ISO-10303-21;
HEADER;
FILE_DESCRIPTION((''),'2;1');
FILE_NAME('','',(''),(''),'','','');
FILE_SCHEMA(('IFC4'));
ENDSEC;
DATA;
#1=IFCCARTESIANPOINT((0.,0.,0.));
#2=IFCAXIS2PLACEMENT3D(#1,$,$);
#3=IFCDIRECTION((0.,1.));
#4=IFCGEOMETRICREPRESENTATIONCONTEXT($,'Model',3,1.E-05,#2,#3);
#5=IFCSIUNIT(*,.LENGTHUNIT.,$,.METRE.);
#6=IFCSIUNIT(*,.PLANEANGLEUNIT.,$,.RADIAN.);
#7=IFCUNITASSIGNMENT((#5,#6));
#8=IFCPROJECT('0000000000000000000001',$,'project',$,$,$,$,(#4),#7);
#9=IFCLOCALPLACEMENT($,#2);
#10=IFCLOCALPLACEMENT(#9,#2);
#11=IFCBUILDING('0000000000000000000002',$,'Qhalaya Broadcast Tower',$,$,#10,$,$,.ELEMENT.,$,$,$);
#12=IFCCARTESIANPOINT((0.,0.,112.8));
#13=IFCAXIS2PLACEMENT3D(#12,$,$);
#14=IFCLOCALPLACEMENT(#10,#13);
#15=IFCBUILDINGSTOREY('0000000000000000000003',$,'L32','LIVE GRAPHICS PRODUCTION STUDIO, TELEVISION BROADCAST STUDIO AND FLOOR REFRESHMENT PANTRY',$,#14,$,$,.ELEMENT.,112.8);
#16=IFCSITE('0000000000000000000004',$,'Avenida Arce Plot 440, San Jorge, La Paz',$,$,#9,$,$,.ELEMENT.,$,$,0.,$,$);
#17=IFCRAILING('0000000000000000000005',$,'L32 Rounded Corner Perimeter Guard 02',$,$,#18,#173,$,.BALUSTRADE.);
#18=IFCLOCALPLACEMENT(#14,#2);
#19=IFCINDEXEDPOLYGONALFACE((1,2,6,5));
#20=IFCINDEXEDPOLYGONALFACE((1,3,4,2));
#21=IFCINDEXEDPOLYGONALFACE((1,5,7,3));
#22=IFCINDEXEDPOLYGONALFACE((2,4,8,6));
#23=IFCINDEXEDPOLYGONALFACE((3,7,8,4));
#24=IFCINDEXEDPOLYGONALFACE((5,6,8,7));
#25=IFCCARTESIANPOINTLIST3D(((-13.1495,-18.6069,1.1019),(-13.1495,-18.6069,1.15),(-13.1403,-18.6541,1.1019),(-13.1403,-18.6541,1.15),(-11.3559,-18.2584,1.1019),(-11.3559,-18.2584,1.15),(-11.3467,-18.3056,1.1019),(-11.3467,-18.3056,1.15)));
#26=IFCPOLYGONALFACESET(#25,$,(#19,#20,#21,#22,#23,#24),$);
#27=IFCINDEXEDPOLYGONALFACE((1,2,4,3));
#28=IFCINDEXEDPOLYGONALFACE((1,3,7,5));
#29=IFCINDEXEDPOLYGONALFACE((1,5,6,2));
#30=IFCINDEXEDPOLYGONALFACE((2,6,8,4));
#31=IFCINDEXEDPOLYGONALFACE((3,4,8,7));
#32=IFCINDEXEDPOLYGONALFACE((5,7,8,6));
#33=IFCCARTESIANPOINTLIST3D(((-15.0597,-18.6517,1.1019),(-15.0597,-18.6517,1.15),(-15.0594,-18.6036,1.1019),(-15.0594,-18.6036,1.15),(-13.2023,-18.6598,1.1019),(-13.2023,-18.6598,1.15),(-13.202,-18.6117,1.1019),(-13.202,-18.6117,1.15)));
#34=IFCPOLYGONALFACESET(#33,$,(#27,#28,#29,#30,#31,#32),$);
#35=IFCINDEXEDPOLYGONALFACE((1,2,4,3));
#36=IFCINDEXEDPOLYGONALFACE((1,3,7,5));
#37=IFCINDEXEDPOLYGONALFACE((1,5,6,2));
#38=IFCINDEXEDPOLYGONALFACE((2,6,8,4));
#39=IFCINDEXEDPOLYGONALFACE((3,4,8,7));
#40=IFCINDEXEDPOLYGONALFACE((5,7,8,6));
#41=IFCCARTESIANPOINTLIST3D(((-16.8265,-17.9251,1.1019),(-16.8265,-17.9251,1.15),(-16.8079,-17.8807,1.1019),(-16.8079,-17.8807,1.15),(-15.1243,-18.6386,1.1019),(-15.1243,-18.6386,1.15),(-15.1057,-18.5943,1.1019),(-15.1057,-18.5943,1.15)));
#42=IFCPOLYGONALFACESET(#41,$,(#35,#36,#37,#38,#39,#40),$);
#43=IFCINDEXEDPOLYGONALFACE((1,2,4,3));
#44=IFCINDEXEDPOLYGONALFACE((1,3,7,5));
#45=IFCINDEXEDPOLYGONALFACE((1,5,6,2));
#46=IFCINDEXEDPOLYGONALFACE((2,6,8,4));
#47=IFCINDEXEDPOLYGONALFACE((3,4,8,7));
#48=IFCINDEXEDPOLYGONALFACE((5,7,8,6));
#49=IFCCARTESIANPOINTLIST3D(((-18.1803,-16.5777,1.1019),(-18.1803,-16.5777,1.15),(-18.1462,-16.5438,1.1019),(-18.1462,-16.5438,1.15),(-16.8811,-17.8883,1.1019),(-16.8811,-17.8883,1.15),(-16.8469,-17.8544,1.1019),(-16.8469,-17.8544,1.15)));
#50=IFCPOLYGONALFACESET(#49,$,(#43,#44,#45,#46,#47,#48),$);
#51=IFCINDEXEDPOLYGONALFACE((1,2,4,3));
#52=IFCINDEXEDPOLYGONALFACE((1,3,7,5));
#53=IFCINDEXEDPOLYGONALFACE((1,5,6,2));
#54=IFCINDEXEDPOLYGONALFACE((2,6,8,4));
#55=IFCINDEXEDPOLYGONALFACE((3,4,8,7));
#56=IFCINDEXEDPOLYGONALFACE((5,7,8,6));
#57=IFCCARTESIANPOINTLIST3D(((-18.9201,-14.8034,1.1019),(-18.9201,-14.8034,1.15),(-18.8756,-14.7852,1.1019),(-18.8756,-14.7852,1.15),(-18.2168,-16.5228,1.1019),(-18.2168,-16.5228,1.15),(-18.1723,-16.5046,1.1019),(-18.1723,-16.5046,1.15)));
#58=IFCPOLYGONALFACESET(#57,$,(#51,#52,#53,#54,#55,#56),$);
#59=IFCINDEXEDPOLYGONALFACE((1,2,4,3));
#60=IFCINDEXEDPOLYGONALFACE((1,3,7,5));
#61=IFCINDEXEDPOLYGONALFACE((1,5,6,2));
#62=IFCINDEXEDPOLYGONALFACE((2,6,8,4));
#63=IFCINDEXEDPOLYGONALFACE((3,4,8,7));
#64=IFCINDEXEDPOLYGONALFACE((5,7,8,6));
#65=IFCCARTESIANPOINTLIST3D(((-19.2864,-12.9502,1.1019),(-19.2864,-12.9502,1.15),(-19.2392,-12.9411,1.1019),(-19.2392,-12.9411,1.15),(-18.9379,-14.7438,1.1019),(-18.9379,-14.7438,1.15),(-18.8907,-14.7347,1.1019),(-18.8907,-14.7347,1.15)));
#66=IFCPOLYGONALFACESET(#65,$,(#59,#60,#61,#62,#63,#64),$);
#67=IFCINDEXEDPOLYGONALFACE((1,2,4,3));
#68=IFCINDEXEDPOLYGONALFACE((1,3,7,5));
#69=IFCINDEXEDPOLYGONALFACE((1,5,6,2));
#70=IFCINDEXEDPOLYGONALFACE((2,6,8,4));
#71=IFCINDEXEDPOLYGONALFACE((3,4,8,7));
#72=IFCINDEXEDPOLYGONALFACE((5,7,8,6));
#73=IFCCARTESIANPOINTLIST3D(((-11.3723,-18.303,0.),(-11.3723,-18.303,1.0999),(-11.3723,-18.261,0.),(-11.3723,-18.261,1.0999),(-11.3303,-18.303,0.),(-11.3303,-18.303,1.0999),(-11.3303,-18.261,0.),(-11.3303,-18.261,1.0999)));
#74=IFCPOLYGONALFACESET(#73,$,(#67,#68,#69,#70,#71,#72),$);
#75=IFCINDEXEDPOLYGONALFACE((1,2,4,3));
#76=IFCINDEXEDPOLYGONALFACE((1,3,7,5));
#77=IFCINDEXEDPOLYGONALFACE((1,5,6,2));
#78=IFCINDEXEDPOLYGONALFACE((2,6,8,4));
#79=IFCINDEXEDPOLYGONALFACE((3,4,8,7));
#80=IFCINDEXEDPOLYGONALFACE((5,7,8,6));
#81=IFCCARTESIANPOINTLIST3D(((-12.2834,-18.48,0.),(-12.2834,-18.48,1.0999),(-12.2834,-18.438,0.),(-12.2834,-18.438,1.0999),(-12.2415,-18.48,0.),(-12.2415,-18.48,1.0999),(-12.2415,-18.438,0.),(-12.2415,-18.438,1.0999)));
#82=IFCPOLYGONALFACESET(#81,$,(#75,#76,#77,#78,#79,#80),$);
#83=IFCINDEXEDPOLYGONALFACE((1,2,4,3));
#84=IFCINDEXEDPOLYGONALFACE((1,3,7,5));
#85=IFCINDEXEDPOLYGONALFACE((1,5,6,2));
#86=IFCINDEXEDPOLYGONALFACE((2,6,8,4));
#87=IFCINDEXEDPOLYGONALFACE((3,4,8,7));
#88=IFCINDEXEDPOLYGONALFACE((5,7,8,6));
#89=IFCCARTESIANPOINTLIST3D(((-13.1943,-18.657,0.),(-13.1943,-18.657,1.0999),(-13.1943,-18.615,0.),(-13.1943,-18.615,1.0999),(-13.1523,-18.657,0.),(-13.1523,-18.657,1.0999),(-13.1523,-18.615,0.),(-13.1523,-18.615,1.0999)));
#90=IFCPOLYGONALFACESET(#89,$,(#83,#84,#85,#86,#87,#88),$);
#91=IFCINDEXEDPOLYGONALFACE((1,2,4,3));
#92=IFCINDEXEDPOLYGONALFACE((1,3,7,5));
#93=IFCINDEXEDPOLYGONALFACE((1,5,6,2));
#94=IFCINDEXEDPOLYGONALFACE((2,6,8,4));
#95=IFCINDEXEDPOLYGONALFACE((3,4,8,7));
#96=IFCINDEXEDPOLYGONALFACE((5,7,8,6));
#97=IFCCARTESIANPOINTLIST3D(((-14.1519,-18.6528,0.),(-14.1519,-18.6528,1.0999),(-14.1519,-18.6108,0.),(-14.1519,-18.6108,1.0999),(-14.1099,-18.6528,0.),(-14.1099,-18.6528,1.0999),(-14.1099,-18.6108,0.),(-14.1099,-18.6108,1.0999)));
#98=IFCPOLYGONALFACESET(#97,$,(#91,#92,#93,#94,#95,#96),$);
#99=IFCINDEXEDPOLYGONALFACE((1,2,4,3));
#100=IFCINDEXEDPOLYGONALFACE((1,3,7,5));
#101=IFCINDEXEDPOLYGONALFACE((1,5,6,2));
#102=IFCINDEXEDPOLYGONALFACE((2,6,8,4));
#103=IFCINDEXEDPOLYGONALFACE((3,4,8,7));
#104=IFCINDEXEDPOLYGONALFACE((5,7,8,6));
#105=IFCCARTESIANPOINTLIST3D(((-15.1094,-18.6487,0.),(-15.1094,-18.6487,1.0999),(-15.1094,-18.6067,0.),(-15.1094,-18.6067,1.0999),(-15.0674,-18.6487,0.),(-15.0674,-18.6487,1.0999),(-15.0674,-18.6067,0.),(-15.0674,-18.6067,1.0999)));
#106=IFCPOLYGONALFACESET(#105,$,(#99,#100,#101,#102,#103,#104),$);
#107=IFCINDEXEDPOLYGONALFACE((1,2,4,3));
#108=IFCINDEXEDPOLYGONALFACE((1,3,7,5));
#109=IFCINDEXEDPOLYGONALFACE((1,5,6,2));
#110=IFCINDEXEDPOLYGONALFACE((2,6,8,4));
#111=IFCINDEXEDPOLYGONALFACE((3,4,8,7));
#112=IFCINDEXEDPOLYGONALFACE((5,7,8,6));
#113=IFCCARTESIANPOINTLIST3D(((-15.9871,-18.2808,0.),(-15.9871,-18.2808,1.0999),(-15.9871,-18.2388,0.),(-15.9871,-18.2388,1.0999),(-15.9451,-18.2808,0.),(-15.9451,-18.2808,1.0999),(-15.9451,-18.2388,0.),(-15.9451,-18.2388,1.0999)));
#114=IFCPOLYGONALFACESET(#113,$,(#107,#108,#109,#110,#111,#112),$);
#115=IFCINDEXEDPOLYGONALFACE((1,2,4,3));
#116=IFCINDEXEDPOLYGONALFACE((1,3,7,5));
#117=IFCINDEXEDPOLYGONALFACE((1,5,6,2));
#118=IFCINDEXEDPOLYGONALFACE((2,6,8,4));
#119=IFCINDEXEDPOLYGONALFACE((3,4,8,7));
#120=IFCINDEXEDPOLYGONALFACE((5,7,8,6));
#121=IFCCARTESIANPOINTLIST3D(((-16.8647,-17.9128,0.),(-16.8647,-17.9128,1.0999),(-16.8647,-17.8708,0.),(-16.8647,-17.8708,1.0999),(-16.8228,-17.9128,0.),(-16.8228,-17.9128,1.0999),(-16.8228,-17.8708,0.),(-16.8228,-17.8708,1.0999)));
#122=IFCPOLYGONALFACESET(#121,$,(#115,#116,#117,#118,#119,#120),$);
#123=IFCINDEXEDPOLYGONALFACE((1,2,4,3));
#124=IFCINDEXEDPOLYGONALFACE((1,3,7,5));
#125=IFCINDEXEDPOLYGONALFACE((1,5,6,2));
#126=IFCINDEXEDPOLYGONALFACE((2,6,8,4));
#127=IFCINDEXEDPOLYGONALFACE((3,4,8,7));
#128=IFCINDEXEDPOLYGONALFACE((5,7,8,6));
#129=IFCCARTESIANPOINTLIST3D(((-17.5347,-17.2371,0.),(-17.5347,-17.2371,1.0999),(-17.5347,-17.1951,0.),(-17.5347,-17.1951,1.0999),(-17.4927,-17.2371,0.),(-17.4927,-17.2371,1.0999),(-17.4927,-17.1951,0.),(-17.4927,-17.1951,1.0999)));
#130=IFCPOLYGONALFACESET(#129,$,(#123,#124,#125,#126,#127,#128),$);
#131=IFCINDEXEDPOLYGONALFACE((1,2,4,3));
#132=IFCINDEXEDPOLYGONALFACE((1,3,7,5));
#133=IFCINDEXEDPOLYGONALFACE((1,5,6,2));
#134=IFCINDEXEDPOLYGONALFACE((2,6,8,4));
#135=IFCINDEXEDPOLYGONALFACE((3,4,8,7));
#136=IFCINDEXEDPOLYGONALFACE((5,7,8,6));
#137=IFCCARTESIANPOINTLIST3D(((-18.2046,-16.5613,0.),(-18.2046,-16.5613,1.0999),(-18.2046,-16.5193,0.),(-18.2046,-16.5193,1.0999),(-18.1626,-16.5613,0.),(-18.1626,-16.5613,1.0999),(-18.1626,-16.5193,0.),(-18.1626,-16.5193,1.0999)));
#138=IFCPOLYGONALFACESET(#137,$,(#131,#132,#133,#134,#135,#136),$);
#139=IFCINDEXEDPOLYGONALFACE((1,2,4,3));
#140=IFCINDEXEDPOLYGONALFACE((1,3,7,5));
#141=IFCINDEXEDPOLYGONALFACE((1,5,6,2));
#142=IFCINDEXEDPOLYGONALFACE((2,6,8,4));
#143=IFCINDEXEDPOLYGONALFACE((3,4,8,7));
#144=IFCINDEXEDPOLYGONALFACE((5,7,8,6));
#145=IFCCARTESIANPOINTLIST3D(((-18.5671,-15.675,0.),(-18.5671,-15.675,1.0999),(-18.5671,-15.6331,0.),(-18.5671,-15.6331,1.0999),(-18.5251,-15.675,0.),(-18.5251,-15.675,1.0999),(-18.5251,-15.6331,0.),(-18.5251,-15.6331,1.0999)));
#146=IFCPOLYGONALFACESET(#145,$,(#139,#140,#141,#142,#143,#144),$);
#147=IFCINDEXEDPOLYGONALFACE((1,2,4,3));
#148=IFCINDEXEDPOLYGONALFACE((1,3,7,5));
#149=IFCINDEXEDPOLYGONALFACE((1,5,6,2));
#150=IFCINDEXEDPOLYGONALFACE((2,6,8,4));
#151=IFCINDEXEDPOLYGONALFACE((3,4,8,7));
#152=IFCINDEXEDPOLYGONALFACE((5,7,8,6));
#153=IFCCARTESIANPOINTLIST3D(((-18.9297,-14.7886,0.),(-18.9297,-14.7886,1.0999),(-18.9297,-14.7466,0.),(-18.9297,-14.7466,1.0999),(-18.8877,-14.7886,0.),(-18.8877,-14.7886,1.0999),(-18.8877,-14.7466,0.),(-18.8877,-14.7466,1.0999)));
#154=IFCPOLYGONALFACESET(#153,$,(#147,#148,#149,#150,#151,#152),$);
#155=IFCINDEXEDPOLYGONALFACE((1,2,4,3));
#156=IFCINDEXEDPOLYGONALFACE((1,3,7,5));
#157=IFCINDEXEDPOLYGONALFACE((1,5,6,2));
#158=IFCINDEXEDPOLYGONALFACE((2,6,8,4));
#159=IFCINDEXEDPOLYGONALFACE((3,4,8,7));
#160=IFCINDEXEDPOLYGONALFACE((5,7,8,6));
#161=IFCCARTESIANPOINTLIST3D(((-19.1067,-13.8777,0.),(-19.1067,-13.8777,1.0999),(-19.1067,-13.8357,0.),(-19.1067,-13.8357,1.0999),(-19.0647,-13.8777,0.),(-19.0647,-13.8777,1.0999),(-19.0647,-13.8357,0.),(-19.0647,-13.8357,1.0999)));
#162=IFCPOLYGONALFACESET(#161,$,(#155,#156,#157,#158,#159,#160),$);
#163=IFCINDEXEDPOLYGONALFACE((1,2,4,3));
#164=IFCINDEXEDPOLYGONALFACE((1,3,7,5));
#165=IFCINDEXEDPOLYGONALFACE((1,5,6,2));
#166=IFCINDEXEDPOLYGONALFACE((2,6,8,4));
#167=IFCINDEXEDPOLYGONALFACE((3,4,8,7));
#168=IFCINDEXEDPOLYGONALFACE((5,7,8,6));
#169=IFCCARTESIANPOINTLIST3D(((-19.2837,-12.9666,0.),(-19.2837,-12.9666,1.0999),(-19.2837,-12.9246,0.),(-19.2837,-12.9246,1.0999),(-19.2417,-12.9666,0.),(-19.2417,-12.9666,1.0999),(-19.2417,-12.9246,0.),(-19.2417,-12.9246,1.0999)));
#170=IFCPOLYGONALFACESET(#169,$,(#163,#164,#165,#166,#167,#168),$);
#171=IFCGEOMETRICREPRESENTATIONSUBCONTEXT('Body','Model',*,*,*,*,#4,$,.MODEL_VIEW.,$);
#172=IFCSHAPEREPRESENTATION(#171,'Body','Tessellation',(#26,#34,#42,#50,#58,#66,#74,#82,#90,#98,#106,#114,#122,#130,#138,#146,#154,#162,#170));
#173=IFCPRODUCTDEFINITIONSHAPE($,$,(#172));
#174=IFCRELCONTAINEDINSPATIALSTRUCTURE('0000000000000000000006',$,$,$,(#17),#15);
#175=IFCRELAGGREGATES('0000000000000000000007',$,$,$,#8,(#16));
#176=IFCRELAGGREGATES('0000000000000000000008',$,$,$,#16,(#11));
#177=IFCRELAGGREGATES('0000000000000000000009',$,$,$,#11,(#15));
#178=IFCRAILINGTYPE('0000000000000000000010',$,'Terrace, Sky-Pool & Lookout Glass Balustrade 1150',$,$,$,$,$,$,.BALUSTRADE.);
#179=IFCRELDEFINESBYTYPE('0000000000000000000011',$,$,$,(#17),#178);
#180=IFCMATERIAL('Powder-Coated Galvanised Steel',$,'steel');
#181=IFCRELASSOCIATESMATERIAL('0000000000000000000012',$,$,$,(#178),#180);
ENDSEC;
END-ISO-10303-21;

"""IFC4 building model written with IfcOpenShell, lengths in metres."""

from ifc_helpers import new_model, si_unit, direction, frame, origin, origin_2d, place, context, subcontext, project, spatial, rectangle, extrude, material, type_object, element, save


model = new_model("IFC4")

# Units and contexts
model_context = context("Model", 3, precision=1e-05, world=origin(), true_north=direction((0.0, 1.0)))
body_context = subcontext(model_context, "Body", "Model", "MODEL_VIEW")
ifc_project = project(units=[si_unit("LENGTHUNIT", "METRE"), si_unit("PLANEANGLEUNIT", "RADIAN")], contexts=[model_context])

# Site, building, storey
site_placement = place(None, origin())
site = spatial("IfcSite", under=ifc_project, at=site_placement, Name="Avenida Arce Plot 440, San Jorge, La Paz", CompositionType="ELEMENT", RefElevation=0.0)
building_placement = place(site_placement, origin())
building = spatial("IfcBuilding", under=site, at=building_placement, Name="Qhalaya Broadcast Tower", CompositionType="ELEMENT")
storey_placement = place(building_placement, frame((0.0, 0.0, 112.8)))
storey = spatial("IfcBuildingStorey", under=building, at=storey_placement, Name="L32", Description="LIVE GRAPHICS PRODUCTION STUDIO, TELEVISION BROADCAST STUDIO AND FLOOR REFRESHMENT PANTRY", CompositionType="ELEMENT", Elevation=112.8)

# Railing
ifc_material_1 = material(Name="Powder-Coated Galvanised Steel", Category="steel")
railing_type = type_object("IfcRailingType", Name="Terrace, Sky-Pool & Lookout Glass Balustrade 1150", PredefinedType="BALUSTRADE", material=ifc_material_1)
railing_placement = place(storey_placement, frame((-11.3513, -18.282, 0.0)))
element("IfcRailing", 1, at=railing_placement, inside=storey, type_object=railing_type, Name="L32 Rounded Corner Perimeter Guard 02", PredefinedType="BALUSTRADE", context=body_context, shape_type="SweptSolid", body=[
    extrude(rectangle(XDim=0.0481, YDim=0.0481, at=origin_2d()), frame((0.0, 0.0, 1.126), z_axis=(-0.981643, -0.190725, 0.0), x_axis=(0.190725, -0.981643, 0.0)), (0.0, 0.0, 1.0), 1.8271),
    extrude(rectangle(XDim=0.0481, YDim=0.0481, at=origin_2d()), frame((-1.8508, -0.3538, 1.126), z_axis=(-0.999991, 0.004334, 0.0), x_axis=(-0.004334, -0.999991, 0.0)), (0.0, 0.0, 1.0), 1.8574),
    extrude(rectangle(XDim=0.0481, YDim=0.0481, at=origin_2d()), frame((-3.7637, -0.3345, 1.126), z_axis=(-0.922247, 0.3866, 0.0), x_axis=(-0.3866, -0.922247, 0.0)), (0.0, 0.0, 1.0), 1.8457),
    extrude(rectangle(XDim=0.0481, YDim=0.0481, at=origin_2d()), frame((-5.5127, 0.4106, 1.126), z_axis=(-0.704021, 0.710179, 0.0), x_axis=(-0.710179, -0.704021, 0.0)), (0.0, 0.0, 1.0), 1.8455),
    extrude(rectangle(XDim=0.0481, YDim=0.0481, at=origin_2d()), frame((-6.8433, 1.7683, 1.126), z_axis=(-0.378588, 0.925565, 0.0), x_axis=(-0.925565, -0.378588, 0.0)), (0.0, 0.0, 1.0), 1.8577),
    extrude(rectangle(XDim=0.0481, YDim=0.0481, at=origin_2d()), frame((-7.563, 3.5427, 1.126), z_axis=(-0.190725, 0.981643, 0.0), x_axis=(-0.981643, -0.190725, 0.0)), (0.0, 0.0, 1.0), 1.8271),
    extrude(rectangle(XDim=0.042, YDim=0.042, at=origin_2d()), origin(), (0.0, 0.0, 1.0), 1.0999),
    extrude(rectangle(XDim=0.042, YDim=0.042, at=origin_2d()), frame((-0.9111, -0.177, 0.0)), (0.0, 0.0, 1.0), 1.0999),
    extrude(rectangle(XDim=0.042, YDim=0.042, at=origin_2d()), frame((-1.822, -0.354, 0.0)), (0.0, 0.0, 1.0), 1.0999),
    extrude(rectangle(XDim=0.042, YDim=0.042, at=origin_2d()), frame((-2.7795, -0.3499, 0.0)), (0.0, 0.0, 1.0), 1.0999),
    extrude(rectangle(XDim=0.042, YDim=0.042, at=origin_2d()), frame((-3.7371, -0.3457, 0.0)), (0.0, 0.0, 1.0), 1.0999),
    extrude(rectangle(XDim=0.042, YDim=0.042, at=origin_2d()), frame((-4.6147, 0.0222, 0.0)), (0.0, 0.0, 1.0), 1.0999),
    extrude(rectangle(XDim=0.042, YDim=0.042, at=origin_2d()), frame((-5.4924, 0.3901, 0.0)), (0.0, 0.0, 1.0), 1.0999),
    extrude(rectangle(XDim=0.042, YDim=0.042, at=origin_2d()), frame((-6.1624, 1.0659, 0.0)), (0.0, 0.0, 1.0), 1.0999),
    extrude(rectangle(XDim=0.042, YDim=0.042, at=origin_2d()), frame((-6.8323, 1.7417, 0.0)), (0.0, 0.0, 1.0), 1.0999),
    extrude(rectangle(XDim=0.042, YDim=0.042, at=origin_2d()), frame((-7.1948, 2.6279, 0.0)), (0.0, 0.0, 1.0), 1.0999),
    extrude(rectangle(XDim=0.042, YDim=0.042, at=origin_2d()), frame((-7.5574, 3.5144, 0.0)), (0.0, 0.0, 1.0), 1.0999),
    extrude(rectangle(XDim=0.042, YDim=0.042, at=origin_2d()), frame((-7.7344, 4.4253, 0.0)), (0.0, 0.0, 1.0), 1.0999),
    extrude(rectangle(XDim=0.042, YDim=0.042, at=origin_2d()), frame((-7.9114, 5.3364, 0.0)), (0.0, 0.0, 1.0), 1.0999),
])

save(model, "model.ifc")
